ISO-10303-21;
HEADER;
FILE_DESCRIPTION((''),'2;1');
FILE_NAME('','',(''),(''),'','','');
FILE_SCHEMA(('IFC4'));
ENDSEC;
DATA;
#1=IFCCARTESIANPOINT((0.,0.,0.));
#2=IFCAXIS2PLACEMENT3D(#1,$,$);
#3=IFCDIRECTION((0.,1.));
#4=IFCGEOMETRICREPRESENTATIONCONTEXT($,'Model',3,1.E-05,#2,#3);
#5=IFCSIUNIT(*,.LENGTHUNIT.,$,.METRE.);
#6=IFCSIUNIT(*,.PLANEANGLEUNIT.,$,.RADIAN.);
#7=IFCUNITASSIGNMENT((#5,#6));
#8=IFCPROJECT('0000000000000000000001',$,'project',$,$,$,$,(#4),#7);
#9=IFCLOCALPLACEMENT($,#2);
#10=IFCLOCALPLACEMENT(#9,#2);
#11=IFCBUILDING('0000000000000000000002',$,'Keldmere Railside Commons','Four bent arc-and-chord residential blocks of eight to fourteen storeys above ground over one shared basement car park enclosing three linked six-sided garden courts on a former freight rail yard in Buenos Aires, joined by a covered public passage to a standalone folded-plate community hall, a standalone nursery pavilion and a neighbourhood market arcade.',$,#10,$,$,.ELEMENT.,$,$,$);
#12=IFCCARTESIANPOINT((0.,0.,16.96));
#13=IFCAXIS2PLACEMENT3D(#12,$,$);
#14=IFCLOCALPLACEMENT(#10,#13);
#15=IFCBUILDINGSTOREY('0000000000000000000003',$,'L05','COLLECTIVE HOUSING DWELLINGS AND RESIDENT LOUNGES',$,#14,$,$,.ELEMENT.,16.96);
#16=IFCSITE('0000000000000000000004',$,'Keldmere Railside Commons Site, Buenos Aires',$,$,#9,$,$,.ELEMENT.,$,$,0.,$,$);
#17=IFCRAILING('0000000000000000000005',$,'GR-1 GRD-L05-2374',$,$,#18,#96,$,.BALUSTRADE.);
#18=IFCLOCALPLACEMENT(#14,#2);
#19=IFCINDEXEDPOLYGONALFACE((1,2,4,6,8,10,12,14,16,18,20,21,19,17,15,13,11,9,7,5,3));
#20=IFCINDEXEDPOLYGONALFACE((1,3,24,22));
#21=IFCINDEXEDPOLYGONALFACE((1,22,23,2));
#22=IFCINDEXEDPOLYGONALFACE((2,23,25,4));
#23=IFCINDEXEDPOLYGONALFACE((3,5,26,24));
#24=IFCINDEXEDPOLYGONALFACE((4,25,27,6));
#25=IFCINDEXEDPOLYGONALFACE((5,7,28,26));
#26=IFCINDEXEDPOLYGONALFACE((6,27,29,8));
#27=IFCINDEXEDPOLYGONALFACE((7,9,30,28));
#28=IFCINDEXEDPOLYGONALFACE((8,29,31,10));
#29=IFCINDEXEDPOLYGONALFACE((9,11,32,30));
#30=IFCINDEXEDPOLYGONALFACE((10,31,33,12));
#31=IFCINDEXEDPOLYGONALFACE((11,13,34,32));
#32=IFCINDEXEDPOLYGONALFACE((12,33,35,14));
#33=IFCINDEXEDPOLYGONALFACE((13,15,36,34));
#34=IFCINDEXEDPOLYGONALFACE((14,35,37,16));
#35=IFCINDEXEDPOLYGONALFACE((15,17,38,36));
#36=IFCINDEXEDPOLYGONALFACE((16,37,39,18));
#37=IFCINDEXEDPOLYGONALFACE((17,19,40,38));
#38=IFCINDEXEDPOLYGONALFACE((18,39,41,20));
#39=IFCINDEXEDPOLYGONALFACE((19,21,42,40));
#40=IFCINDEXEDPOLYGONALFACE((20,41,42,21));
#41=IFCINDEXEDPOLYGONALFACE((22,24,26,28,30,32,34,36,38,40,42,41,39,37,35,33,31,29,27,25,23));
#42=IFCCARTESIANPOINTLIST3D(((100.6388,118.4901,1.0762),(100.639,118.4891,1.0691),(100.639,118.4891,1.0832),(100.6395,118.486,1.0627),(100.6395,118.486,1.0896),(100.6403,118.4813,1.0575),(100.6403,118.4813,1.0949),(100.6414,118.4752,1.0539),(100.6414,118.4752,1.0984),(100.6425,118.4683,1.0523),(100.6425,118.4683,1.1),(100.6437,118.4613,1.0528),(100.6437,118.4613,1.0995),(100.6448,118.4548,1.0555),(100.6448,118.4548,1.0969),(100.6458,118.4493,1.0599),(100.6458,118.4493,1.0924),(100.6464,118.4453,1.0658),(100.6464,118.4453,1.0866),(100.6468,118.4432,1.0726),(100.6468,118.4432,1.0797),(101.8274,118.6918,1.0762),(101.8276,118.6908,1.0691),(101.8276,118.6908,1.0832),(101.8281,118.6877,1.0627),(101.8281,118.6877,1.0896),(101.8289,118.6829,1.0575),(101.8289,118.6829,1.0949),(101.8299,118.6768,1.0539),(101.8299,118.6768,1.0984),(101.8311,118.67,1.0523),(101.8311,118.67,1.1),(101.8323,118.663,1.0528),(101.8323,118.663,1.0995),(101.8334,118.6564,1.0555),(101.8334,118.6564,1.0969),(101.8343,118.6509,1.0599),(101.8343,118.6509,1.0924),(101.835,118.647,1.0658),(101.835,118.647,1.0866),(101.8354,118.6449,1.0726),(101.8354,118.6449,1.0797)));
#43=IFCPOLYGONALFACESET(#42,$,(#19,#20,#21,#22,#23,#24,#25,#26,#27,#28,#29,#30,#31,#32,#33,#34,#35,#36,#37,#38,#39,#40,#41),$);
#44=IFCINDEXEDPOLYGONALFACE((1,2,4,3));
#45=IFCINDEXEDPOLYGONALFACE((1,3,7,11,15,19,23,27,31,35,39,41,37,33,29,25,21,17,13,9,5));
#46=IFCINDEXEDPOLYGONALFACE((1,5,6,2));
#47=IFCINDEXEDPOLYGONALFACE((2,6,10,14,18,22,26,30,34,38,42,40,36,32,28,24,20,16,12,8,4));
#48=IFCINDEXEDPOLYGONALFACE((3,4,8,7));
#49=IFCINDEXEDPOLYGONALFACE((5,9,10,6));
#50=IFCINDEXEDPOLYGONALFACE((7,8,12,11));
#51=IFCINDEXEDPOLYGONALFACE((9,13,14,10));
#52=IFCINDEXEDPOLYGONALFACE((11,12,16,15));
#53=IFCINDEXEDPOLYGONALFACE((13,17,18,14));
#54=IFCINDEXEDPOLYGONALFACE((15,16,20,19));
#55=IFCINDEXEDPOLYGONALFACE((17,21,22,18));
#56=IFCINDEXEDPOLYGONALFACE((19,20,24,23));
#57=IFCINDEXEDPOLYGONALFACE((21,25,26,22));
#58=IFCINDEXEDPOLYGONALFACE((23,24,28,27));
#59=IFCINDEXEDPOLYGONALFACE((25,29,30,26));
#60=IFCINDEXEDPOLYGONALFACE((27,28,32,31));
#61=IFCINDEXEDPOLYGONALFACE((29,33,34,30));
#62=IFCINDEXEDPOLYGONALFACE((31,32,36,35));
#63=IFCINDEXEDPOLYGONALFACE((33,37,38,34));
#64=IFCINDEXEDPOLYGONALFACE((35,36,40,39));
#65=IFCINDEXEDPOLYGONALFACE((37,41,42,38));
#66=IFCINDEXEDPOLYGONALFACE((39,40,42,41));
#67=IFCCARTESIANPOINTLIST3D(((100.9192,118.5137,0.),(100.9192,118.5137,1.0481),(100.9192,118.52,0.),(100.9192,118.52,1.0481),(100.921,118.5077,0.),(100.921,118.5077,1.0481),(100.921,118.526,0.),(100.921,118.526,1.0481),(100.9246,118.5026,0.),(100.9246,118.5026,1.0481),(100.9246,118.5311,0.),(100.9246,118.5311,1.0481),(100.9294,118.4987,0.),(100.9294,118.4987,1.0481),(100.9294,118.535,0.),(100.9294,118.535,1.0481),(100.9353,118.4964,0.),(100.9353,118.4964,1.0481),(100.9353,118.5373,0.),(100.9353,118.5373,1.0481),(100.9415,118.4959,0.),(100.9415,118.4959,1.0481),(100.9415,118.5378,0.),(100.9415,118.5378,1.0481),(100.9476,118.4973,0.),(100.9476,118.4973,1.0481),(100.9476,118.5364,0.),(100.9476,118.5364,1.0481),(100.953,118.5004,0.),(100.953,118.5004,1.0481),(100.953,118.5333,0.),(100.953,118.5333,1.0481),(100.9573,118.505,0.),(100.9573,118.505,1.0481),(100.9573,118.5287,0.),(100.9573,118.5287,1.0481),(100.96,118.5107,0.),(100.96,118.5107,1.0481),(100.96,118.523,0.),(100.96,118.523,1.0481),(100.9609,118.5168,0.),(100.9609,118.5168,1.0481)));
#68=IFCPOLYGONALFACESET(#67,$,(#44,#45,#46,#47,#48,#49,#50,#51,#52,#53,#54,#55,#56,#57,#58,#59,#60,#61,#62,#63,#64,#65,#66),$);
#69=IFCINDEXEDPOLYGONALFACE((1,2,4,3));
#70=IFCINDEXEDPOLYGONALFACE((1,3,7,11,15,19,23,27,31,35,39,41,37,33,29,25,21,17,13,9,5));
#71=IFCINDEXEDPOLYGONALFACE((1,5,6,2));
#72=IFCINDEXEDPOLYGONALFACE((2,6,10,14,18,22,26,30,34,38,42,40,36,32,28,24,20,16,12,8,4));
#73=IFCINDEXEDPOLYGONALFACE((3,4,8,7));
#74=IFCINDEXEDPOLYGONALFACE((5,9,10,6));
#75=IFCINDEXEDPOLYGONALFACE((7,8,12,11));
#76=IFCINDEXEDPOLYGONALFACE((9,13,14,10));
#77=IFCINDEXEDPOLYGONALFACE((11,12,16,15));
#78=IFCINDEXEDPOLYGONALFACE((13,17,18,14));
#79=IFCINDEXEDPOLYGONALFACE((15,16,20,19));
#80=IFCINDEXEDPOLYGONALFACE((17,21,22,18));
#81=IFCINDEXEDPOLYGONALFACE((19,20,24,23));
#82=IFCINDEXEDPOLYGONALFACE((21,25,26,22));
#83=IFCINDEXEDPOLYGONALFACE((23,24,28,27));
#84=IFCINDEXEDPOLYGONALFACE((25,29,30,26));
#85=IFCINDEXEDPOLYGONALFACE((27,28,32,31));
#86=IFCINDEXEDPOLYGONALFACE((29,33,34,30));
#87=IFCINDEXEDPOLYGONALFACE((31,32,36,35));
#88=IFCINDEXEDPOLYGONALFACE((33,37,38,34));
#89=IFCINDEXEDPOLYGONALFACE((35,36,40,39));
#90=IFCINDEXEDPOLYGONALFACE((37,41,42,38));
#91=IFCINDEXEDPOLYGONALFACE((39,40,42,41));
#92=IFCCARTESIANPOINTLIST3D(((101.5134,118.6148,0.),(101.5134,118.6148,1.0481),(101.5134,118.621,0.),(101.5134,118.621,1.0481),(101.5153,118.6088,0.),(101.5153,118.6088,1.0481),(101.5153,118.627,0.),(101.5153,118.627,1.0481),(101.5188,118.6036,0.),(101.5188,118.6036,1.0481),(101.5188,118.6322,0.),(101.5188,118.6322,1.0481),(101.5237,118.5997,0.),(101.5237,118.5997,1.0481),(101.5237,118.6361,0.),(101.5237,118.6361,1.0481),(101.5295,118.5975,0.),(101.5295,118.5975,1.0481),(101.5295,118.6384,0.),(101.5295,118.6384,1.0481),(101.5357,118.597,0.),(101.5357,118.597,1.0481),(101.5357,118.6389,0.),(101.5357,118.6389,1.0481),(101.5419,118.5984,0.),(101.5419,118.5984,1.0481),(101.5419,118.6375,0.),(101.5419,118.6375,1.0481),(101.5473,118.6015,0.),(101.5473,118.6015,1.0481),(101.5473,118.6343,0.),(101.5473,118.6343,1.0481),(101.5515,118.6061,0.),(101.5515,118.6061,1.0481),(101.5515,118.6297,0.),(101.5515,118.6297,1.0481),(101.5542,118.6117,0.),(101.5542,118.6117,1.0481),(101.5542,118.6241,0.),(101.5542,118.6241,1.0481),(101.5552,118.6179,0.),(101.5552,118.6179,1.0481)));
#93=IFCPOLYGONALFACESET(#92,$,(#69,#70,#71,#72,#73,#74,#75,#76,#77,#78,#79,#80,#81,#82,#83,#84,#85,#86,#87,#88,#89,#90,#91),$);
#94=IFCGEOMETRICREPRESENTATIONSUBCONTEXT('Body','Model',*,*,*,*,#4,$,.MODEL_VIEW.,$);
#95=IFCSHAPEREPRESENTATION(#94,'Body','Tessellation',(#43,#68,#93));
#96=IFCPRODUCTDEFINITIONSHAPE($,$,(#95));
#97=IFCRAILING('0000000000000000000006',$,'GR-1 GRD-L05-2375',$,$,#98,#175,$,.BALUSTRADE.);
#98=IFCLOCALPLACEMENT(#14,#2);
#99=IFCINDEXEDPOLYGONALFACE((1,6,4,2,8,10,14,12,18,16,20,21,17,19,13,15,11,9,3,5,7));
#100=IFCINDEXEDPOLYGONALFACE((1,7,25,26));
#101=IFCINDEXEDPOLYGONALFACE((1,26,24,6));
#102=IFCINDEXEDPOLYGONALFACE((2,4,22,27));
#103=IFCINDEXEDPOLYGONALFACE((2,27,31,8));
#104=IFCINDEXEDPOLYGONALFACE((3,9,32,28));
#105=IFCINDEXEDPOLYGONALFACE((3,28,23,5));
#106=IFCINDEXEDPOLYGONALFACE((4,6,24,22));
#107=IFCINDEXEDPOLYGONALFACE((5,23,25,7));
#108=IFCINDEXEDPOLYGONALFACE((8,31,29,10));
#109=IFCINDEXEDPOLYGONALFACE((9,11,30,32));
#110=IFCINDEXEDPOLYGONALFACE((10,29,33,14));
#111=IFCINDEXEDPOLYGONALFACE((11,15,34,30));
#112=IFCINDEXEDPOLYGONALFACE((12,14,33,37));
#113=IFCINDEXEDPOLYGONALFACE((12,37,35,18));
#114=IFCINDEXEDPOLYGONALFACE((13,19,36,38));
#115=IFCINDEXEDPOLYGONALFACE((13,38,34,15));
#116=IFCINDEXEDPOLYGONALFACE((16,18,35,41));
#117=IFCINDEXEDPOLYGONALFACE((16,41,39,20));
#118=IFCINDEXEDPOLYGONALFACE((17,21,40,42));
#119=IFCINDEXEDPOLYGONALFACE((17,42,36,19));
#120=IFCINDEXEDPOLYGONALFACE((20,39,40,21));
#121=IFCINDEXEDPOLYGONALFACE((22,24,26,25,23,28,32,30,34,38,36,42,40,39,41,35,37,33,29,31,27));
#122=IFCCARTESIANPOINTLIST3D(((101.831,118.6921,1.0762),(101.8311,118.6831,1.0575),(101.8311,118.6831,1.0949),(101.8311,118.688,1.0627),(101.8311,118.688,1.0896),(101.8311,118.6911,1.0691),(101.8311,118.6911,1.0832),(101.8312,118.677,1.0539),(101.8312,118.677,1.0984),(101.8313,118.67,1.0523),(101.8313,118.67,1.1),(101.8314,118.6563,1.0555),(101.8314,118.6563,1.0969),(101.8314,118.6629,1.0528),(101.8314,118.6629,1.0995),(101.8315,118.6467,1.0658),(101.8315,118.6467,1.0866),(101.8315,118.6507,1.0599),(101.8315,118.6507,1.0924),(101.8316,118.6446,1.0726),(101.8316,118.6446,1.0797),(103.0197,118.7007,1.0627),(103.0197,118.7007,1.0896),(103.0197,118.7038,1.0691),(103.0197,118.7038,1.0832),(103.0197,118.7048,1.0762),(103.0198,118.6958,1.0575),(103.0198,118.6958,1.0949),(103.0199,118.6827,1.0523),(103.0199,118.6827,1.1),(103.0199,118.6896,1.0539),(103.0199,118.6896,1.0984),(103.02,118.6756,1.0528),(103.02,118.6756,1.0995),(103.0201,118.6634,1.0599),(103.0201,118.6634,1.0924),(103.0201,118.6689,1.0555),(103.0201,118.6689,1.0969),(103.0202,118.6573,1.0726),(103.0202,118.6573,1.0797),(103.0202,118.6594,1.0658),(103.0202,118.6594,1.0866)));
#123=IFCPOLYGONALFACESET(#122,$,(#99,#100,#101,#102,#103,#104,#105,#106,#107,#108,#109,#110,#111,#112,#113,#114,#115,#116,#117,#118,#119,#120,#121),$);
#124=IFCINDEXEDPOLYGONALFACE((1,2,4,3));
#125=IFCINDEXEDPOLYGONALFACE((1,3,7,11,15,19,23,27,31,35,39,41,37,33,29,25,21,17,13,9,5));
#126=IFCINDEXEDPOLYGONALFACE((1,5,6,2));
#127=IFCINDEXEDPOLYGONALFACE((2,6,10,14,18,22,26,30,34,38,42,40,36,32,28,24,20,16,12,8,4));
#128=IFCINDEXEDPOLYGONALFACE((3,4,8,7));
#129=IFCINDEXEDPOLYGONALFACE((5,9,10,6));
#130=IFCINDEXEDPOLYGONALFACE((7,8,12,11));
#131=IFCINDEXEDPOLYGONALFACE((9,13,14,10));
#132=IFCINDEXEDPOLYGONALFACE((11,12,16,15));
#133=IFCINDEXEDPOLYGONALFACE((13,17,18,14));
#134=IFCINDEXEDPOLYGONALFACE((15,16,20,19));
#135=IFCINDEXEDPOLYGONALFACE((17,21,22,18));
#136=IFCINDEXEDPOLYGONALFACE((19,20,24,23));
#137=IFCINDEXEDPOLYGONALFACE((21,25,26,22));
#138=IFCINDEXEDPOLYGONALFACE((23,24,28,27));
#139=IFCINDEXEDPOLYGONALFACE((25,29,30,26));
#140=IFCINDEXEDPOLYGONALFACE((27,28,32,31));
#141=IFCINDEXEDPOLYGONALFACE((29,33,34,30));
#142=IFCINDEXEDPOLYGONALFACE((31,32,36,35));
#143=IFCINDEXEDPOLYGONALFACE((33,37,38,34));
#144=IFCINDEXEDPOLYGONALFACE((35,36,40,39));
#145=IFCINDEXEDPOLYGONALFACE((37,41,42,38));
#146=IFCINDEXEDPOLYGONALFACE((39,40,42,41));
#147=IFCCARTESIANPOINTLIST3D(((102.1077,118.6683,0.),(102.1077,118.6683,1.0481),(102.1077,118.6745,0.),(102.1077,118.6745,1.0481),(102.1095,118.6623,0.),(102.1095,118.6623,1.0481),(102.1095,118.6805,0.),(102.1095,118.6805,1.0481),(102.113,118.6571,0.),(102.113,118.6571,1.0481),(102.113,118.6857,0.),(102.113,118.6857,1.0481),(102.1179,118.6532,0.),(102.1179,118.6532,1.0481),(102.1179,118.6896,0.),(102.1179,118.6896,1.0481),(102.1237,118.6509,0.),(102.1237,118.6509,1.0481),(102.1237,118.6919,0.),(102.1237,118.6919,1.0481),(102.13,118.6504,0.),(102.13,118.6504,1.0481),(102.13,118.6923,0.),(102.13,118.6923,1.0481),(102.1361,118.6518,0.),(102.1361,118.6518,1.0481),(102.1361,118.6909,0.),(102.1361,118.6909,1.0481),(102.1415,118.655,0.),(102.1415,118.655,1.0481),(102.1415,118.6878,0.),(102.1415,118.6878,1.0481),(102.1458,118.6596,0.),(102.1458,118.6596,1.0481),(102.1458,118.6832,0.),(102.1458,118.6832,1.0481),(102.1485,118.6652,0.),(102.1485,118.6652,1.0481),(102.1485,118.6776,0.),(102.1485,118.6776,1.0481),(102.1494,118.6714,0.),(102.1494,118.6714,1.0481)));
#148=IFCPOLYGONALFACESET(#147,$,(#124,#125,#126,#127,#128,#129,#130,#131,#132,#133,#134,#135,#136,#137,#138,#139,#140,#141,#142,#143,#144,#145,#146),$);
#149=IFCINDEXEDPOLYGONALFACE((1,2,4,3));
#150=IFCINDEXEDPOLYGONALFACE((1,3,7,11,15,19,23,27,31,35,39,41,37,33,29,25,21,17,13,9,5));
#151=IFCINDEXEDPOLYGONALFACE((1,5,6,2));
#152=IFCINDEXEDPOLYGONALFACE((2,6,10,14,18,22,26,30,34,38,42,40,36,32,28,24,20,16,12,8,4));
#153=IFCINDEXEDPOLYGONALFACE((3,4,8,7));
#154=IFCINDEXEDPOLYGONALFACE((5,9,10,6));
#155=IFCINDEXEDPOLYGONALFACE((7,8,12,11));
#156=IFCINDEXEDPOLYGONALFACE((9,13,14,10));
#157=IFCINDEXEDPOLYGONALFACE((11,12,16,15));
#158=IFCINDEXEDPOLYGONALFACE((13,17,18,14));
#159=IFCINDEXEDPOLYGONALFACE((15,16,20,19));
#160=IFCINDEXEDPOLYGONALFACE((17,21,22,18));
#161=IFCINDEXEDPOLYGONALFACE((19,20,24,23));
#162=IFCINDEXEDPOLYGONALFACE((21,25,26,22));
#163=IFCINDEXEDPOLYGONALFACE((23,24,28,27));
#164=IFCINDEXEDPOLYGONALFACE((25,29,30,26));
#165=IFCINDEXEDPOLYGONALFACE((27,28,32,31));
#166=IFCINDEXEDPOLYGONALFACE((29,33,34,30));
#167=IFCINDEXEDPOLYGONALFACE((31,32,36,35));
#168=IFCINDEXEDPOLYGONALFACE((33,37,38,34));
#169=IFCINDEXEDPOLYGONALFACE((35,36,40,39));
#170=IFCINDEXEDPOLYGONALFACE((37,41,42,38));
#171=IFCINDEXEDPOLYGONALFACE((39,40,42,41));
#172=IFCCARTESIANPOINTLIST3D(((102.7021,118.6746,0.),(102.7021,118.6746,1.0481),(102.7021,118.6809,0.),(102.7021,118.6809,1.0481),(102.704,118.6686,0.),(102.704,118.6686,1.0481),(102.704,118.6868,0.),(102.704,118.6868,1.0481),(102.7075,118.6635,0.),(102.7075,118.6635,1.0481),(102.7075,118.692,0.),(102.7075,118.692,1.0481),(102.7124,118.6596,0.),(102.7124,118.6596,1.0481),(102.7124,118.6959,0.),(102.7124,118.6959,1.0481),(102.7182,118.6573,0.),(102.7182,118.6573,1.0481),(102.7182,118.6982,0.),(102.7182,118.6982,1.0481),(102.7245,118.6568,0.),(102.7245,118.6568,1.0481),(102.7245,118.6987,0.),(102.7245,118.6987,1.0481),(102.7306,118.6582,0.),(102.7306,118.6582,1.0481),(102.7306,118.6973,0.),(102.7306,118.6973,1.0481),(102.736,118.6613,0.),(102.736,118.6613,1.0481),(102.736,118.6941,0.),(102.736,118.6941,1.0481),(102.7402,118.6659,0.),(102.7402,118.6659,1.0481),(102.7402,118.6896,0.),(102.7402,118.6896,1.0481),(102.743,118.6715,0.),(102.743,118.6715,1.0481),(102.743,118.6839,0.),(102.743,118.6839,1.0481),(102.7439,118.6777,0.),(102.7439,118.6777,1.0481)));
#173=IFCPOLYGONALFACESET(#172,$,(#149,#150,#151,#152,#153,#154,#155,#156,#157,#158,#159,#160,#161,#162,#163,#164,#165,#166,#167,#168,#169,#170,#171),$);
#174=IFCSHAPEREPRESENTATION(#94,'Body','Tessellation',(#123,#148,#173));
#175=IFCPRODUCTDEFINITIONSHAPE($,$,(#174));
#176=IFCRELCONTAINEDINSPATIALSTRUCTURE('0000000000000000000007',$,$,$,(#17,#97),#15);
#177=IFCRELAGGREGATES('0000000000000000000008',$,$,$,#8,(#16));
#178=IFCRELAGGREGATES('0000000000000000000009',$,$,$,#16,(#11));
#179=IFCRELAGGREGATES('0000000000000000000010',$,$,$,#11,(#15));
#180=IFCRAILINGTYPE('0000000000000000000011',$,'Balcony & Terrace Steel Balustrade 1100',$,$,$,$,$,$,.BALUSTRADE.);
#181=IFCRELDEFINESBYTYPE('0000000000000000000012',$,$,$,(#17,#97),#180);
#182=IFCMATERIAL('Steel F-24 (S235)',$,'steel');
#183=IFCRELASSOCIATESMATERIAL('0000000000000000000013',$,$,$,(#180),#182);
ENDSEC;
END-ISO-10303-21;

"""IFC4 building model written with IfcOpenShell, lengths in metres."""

from ifc_helpers import new_model, si_unit, direction, frame, origin, origin_2d, place, context, subcontext, project, spatial, circle, extrude, material, type_object, element, save


model = new_model("IFC4")

# Units and contexts
model_context = context("Model", 3, precision=1e-05, world=origin(), true_north=direction((0.0, 1.0)))
body_context = subcontext(model_context, "Body", "Model", "MODEL_VIEW")
ifc_project = project(units=[si_unit("LENGTHUNIT", "METRE"), si_unit("PLANEANGLEUNIT", "RADIAN")], contexts=[model_context])

# Site, building, storey
site_placement = place(None, origin())
site = spatial("IfcSite", under=ifc_project, at=site_placement, Name="Keldmere Railside Commons Site, Buenos Aires", CompositionType="ELEMENT", RefElevation=0.0)
building_placement = place(site_placement, origin())
building = spatial("IfcBuilding", under=site, at=building_placement, Name="Keldmere Railside Commons", Description="Four bent arc-and-chord residential blocks of eight to fourteen storeys above ground over one shared basement car park enclosing three linked six-sided garden courts on a former freight rail yard in Buenos Aires, joined by a covered public passage to a standalone folded-plate community hall, a standalone nursery pavilion and a neighbourhood market arcade.", CompositionType="ELEMENT")
storey_placement = place(building_placement, frame((0.0, 0.0, 16.96)))
storey = spatial("IfcBuildingStorey", under=building, at=storey_placement, Name="L05", Description="COLLECTIVE HOUSING DWELLINGS AND RESIDENT LOUNGES", CompositionType="ELEMENT", Elevation=16.96)

# Railings
ifc_material_1 = material(Name="Steel F-24 (S235)", Category="steel")
railing_type = type_object("IfcRailingType", Name="Balcony & Terrace Steel Balustrade 1100", PredefinedType="BALUSTRADE", material=ifc_material_1)
railing_1_placement = place(storey_placement, frame((100.6428, 118.4666, 0.0)))
element("IfcRailing", 1, at=railing_1_placement, inside=storey, type_object=railing_type, Name="GR-1 GRD-L05-2374", PredefinedType="BALUSTRADE", context=body_context, shape_type="SweptSolid", body=[
    extrude(circle(Radius=0.0239, at=origin_2d()), frame((0.0, 0.0, 1.0762), z_axis=(0.985908, 0.167288, 0.0), x_axis=(-0.167288, 0.985908, 0.0)), (0.0, 0.0, 1.0), 1.2056),
    extrude(circle(Radius=0.021, at=origin_2d()), frame((0.2971, 0.0503, 0.0)), (0.0, 0.0, 1.0), 1.0481),
    extrude(circle(Radius=0.021, at=origin_2d()), frame((0.8914, 0.1514, 0.0)), (0.0, 0.0, 1.0), 1.0481),
])
railing_2_placement = place(storey_placement, frame((101.8313, 118.6682, 0.0)))
element("IfcRailing", 2, at=railing_2_placement, inside=storey, type_object=railing_type, Name="GR-1 GRD-L05-2375", PredefinedType="BALUSTRADE", context=body_context, shape_type="SweptSolid", body=[
    extrude(circle(Radius=0.0239, at=origin_2d()), frame((0.0, 0.0, 1.0762), z_axis=(0.999943, 0.010679, 0.0), x_axis=(-0.010679, 0.999943, 0.0)), (0.0, 0.0, 1.0), 1.1887),
    extrude(circle(Radius=0.021, at=origin_2d()), frame((0.2971, 0.0032, 0.0)), (0.0, 0.0, 1.0), 1.0481),
    extrude(circle(Radius=0.021, at=origin_2d()), frame((0.8916, 0.0095, 0.0)), (0.0, 0.0, 1.0), 1.0481),
])

save(model, "model.ifc")
